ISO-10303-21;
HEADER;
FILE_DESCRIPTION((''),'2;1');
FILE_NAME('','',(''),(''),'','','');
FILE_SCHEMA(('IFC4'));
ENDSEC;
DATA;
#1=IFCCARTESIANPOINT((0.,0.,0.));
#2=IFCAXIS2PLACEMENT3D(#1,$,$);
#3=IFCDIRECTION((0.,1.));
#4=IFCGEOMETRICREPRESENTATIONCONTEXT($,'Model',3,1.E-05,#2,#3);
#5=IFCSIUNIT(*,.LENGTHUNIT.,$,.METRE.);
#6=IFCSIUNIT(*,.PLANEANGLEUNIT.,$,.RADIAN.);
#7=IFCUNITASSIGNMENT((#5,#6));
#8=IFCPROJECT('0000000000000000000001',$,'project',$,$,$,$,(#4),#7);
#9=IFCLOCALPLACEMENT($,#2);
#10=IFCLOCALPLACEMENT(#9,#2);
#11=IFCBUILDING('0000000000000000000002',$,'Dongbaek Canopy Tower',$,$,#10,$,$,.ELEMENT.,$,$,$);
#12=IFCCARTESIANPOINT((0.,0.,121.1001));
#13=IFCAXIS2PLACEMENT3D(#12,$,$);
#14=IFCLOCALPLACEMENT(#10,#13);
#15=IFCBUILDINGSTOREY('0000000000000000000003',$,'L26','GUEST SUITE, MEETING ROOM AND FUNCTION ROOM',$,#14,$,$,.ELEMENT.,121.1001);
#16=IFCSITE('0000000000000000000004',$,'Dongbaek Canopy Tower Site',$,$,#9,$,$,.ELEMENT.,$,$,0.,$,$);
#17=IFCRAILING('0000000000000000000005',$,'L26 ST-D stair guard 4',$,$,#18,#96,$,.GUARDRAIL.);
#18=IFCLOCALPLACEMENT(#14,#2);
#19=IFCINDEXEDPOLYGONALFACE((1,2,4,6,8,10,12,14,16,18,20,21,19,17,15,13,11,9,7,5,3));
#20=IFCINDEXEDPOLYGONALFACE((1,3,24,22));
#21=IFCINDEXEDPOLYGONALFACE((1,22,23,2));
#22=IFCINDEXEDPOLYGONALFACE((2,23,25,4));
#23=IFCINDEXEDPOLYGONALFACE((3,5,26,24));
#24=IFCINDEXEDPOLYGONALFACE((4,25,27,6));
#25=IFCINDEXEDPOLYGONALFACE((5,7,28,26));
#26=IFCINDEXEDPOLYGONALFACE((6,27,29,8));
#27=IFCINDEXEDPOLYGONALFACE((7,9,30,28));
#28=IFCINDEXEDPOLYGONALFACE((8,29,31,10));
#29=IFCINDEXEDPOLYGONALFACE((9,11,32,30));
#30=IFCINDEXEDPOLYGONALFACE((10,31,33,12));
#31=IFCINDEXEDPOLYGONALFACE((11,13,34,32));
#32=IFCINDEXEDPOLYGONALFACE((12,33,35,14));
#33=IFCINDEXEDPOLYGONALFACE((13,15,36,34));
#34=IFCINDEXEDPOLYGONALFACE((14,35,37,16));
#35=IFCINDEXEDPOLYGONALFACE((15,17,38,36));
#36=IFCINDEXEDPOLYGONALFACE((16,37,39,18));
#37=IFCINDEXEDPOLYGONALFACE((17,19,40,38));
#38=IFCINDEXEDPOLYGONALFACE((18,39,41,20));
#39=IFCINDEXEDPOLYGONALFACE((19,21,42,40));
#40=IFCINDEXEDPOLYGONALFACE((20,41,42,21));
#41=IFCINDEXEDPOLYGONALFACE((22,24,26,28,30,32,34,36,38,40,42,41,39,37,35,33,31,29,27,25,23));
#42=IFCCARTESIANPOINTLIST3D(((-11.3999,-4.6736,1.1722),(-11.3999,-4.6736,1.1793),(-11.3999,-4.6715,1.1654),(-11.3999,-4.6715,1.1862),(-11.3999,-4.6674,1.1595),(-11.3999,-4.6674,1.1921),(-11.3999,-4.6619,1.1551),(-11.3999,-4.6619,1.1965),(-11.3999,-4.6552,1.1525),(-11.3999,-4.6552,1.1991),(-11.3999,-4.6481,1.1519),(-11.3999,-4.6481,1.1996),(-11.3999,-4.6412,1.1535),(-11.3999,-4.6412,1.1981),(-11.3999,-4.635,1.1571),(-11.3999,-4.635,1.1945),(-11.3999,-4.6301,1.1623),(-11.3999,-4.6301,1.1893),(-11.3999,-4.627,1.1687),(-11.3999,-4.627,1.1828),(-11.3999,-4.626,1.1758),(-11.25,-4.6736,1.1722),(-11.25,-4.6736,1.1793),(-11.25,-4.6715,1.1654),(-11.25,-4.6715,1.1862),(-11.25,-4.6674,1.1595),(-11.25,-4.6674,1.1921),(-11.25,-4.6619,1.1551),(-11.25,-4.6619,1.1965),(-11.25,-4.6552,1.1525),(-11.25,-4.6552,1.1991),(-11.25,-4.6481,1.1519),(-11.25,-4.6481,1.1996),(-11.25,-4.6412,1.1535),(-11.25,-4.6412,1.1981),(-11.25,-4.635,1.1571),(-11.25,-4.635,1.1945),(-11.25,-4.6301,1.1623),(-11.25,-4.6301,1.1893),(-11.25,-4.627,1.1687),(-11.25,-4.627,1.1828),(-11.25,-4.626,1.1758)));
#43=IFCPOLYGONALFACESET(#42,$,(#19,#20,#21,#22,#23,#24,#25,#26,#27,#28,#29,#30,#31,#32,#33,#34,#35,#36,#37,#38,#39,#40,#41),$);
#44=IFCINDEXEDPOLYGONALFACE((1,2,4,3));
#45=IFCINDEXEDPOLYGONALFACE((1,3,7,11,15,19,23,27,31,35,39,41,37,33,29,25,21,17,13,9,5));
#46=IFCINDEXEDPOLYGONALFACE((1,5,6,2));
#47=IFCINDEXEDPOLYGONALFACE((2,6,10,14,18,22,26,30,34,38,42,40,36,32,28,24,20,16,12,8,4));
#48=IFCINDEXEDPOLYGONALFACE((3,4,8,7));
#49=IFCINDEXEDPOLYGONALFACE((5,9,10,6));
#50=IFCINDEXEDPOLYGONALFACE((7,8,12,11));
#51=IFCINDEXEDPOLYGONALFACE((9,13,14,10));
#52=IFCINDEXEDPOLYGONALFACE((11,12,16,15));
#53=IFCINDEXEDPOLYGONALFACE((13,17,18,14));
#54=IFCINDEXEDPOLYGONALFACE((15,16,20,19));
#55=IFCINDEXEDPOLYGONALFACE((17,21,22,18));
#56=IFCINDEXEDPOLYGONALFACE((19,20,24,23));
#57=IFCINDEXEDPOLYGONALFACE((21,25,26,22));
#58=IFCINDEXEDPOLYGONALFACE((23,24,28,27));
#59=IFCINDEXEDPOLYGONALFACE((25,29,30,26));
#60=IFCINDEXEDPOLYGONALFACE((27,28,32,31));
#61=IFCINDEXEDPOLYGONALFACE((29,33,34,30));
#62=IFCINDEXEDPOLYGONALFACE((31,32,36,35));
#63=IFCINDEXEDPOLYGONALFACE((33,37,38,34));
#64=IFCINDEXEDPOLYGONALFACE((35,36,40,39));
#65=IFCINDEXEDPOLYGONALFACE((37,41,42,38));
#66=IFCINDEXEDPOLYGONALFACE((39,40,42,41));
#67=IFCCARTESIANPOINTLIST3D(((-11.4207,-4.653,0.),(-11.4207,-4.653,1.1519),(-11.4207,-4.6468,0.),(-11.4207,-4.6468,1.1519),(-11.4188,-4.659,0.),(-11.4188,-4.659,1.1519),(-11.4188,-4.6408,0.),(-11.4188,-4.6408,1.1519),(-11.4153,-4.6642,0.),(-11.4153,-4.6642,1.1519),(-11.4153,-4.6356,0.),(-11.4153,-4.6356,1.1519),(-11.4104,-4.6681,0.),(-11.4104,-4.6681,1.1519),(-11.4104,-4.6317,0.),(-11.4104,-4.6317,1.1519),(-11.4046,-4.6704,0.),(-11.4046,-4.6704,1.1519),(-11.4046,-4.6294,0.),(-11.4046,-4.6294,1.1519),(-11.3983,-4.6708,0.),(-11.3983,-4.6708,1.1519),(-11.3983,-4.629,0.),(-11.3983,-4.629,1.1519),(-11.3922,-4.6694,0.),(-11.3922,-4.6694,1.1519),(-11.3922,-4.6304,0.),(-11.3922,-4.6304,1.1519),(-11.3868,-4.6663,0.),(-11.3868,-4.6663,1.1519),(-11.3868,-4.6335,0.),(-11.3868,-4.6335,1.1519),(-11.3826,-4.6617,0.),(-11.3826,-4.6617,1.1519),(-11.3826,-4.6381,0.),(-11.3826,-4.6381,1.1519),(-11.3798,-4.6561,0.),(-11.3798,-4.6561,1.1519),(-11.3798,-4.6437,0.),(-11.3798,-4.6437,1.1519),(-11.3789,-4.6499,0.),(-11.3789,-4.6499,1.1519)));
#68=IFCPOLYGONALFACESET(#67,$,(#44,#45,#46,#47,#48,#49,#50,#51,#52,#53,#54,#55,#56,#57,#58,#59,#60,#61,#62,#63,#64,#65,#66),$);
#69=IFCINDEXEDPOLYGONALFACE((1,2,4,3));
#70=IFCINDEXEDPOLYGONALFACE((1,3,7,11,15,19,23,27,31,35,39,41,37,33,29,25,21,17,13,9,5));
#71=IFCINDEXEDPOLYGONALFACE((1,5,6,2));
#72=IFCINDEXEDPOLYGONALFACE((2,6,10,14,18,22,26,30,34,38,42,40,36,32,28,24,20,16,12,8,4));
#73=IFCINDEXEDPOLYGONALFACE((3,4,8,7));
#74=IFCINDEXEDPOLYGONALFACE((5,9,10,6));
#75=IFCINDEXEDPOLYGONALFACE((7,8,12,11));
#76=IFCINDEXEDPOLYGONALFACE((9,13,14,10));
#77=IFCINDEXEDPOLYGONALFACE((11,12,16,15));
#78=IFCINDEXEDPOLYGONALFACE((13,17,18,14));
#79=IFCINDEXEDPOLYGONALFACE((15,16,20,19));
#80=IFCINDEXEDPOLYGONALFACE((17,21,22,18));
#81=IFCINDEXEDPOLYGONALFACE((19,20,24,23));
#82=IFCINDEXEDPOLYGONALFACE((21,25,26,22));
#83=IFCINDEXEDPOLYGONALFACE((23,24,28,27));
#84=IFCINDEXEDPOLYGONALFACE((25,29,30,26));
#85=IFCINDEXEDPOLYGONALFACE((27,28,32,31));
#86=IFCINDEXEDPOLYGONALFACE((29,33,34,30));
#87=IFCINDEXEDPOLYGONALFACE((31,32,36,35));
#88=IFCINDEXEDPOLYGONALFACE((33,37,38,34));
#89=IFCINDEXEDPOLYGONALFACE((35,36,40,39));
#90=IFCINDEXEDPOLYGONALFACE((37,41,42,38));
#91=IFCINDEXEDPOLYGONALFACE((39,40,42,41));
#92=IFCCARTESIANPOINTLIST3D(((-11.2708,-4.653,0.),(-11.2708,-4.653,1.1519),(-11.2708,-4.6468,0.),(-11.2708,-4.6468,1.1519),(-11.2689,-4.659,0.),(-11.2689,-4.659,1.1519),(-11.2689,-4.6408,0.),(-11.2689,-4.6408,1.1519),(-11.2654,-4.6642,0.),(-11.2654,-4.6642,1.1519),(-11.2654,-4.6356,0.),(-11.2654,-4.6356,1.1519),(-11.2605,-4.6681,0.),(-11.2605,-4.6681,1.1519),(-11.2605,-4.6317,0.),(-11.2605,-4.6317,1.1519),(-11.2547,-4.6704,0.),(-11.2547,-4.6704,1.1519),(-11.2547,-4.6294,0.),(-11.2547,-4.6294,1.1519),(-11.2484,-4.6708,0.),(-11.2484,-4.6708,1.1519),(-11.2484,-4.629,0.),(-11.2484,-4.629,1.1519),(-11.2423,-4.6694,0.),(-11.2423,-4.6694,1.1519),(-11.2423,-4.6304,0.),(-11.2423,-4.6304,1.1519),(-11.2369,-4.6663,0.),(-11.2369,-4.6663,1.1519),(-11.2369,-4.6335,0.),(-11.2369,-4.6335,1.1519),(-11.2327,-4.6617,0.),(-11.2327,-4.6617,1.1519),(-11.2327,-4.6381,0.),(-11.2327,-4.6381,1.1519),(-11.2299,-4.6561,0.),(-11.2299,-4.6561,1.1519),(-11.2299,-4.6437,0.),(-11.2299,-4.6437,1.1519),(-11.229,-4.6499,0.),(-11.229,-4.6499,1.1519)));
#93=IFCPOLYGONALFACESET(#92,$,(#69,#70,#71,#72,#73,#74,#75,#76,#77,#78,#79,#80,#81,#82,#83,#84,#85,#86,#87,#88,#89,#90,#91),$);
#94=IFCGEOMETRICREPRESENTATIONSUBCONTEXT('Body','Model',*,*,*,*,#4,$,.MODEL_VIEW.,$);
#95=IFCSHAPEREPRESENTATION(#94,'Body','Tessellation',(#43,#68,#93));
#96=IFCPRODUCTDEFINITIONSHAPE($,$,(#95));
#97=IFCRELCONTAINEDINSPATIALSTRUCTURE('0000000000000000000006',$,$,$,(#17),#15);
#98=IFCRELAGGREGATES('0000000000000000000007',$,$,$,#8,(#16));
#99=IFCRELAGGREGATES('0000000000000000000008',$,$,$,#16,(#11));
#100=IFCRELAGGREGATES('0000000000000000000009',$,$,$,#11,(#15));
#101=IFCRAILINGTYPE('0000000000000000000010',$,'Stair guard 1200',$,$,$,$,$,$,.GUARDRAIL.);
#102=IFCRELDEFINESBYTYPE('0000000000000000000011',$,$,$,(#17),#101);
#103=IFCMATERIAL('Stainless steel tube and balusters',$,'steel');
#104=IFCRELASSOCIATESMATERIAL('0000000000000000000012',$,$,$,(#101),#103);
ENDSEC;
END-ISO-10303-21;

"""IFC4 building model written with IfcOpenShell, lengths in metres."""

from ifc_helpers import new_model, si_unit, direction, frame, origin, origin_2d, place, context, subcontext, project, spatial, circle, extrude, material, type_object, element, save


model = new_model("IFC4")

# Units and contexts
model_context = context("Model", 3, precision=1e-05, world=origin(), true_north=direction((0.0, 1.0)))
body_context = subcontext(model_context, "Body", "Model", "MODEL_VIEW")
ifc_project = project(units=[si_unit("LENGTHUNIT", "METRE"), si_unit("PLANEANGLEUNIT", "RADIAN")], contexts=[model_context])

# Site, building, storey
site_placement = place(None, origin())
site = spatial("IfcSite", under=ifc_project, at=site_placement, Name="Dongbaek Canopy Tower Site", CompositionType="ELEMENT", RefElevation=0.0)
building_placement = place(site_placement, origin())
building = spatial("IfcBuilding", under=site, at=building_placement, Name="Dongbaek Canopy Tower", CompositionType="ELEMENT")
storey_placement = place(building_placement, frame((0.0, 0.0, 121.1001)))
storey = spatial("IfcBuildingStorey", under=building, at=storey_placement, Name="L26", Description="GUEST SUITE, MEETING ROOM AND FUNCTION ROOM", CompositionType="ELEMENT", Elevation=121.1001)

# Railing
ifc_material_1 = material(Name="Stainless steel tube and balusters", Category="steel")
railing_type_1 = type_object("IfcRailingType", Name="Stair guard 1200", PredefinedType="GUARDRAIL", material=ifc_material_1)
railing_1_placement = place(storey_placement, frame((-11.3999, -4.6499, 0.0)))
element("IfcRailing", 1, at=railing_1_placement, inside=storey, type_object=railing_type_1, Name="L26 ST-D stair guard 4", PredefinedType="GUARDRAIL", context=body_context, shape_type="SweptSolid", body=[
    extrude(circle(Radius=0.0239, at=origin_2d()), frame((0.0, 0.0, 1.1758), z_axis=(1.0, 0.0, 0.0), x_axis=(0.0, 1.0, 0.0)), (0.0, 0.0, 1.0), 0.1499),
    extrude(circle(Radius=0.021, at=origin_2d()), origin(), (0.0, 0.0, 1.0), 1.1519),
    extrude(circle(Radius=0.021, at=origin_2d()), frame((0.1499, 0.0, 0.0)), (0.0, 0.0, 1.0), 1.1519),
])

save(model, "model.ifc")
